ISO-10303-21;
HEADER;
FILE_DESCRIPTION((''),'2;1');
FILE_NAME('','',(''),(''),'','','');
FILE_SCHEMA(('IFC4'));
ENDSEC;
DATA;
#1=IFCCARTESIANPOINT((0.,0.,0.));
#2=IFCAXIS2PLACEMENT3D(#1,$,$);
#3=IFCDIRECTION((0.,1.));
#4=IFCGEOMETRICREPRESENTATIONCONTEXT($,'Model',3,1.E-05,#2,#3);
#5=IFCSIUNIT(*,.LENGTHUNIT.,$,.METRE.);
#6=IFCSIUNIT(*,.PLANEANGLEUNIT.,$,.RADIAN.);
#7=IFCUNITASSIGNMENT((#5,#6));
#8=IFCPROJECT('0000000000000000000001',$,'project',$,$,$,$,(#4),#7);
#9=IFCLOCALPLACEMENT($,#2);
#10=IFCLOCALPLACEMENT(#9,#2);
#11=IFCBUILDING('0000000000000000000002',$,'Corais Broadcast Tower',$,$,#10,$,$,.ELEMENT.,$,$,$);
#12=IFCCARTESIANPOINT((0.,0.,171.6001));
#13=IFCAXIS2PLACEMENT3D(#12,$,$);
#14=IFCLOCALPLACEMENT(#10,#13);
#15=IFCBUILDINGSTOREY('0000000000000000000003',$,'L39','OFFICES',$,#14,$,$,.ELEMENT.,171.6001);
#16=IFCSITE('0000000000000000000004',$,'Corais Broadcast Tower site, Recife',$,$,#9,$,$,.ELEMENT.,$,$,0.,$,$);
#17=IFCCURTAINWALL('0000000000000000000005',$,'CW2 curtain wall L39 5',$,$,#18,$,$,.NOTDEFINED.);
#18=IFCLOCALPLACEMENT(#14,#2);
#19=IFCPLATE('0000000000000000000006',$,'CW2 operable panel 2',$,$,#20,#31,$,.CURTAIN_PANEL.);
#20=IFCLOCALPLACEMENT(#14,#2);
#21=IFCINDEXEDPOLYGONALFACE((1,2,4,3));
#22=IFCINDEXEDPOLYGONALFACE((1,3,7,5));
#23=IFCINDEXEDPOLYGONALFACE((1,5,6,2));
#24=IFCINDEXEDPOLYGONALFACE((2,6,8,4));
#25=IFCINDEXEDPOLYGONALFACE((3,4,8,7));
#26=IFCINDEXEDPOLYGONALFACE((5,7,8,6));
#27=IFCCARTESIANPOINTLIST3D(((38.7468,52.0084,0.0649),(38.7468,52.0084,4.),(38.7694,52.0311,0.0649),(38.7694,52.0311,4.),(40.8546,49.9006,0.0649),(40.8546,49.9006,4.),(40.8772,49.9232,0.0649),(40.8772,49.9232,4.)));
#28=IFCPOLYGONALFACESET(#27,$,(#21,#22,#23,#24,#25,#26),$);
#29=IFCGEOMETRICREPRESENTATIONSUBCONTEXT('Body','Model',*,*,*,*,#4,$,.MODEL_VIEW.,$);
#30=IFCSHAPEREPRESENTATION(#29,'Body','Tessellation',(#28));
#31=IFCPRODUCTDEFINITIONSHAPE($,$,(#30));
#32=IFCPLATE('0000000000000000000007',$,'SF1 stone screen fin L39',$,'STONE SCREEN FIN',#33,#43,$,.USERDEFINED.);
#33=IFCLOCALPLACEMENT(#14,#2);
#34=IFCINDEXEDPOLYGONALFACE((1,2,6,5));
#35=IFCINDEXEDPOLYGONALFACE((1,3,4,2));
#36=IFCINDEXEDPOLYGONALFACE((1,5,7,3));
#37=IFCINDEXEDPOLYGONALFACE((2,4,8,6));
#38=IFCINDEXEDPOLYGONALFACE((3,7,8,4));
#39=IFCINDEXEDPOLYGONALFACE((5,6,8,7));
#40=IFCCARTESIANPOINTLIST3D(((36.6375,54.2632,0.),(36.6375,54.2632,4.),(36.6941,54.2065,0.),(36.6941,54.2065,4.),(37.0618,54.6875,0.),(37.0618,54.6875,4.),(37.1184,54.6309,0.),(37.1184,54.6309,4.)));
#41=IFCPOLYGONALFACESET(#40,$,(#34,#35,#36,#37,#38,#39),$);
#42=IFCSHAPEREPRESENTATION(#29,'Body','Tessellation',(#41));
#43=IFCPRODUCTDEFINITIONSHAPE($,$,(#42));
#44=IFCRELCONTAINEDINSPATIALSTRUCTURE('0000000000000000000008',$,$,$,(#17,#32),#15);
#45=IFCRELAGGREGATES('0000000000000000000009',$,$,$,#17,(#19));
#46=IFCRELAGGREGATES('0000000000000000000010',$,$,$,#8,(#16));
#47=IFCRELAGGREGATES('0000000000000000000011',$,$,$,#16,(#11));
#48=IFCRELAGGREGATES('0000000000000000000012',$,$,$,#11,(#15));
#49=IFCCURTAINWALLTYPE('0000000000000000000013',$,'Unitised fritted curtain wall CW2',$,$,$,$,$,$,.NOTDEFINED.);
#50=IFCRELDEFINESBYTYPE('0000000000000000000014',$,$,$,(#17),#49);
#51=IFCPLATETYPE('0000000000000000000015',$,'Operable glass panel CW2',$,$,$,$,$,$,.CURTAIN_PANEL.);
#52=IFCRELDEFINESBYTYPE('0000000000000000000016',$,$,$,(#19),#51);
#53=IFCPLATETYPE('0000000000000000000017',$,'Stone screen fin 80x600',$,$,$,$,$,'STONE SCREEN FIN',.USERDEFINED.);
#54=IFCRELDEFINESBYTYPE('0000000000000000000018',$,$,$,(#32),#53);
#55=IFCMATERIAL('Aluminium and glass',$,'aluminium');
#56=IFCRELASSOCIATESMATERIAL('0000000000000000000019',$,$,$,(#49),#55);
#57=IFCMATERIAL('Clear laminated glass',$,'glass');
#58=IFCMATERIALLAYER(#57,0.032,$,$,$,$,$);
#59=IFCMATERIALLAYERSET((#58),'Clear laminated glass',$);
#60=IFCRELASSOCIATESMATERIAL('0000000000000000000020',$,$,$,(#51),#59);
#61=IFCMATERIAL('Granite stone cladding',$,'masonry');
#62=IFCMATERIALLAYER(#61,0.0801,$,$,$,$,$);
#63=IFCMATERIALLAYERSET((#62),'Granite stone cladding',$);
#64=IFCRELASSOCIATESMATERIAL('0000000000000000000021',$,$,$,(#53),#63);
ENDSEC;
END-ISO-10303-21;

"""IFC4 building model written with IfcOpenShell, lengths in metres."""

from ifc_helpers import new_model, si_unit, direction, frame, origin, origin_2d, place, context, subcontext, project, spatial, rectangle, extrude, material, layer, layer_set, type_object, element, aggregate, save


model = new_model("IFC4")

# Units and contexts
model_context = context("Model", 3, precision=1e-05, world=origin(), true_north=direction((0.0, 1.0)))
body_context = subcontext(model_context, "Body", "Model", "MODEL_VIEW")
ifc_project = project(units=[si_unit("LENGTHUNIT", "METRE"), si_unit("PLANEANGLEUNIT", "RADIAN")], contexts=[model_context])

# Site, building, storey
site_placement = place(None, origin())
site = spatial("IfcSite", under=ifc_project, at=site_placement, Name="Corais Broadcast Tower site, Recife", CompositionType="ELEMENT", RefElevation=0.0)
building_placement = place(site_placement, origin())
building = spatial("IfcBuilding", under=site, at=building_placement, Name="Corais Broadcast Tower", CompositionType="ELEMENT")
storey_placement = place(building_placement, frame((0.0, 0.0, 171.6001)))
storey = spatial("IfcBuildingStorey", under=building, at=storey_placement, Name="L39", Description="OFFICES", CompositionType="ELEMENT", Elevation=171.6001)

# Curtain wall
ifc_material_1 = material(Name="Aluminium and glass", Category="aluminium")
curtain_wall_type = type_object("IfcCurtainWallType", Name="Unitised fritted curtain wall CW2", PredefinedType="NOTDEFINED", material=ifc_material_1)
curtain_wall_1_placement = place(storey_placement, origin())
curtain_wall_1 = element("IfcCurtainWall", 1, at=curtain_wall_1_placement, inside=storey, type_object=curtain_wall_type, Name="CW2 curtain wall L39 5", PredefinedType="NOTDEFINED")

# Plates
ifc_material_2 = material(Name="Clear laminated glass", Category="glass")
ifc_layer_1 = layer(ifc_material_2, 0.032)
ifc_layer_set_1 = layer_set([ifc_layer_1], Name="Clear laminated glass")
plate_type_1 = type_object("IfcPlateType", Name="Operable glass panel CW2", PredefinedType="CURTAIN_PANEL", material=ifc_layer_set_1)
plate_1_placement = place(storey_placement, frame((39.812, 50.9658, 0.0649), z_axis=(0.0, 0.0, 1.0), x_axis=(0.707107, -0.707107, 0.0)))
plate_1 = element("IfcPlate", 2, at=plate_1_placement, type_object=plate_type_1, Name="CW2 operable panel 2", PredefinedType="CURTAIN_PANEL", context=body_context, shape_type="SweptSolid", body=[
    extrude(rectangle(XDim=2.981, YDim=0.032, at=origin_2d()), origin(), (0.0, 0.0, 1.0), 3.9351),
])
aggregate(curtain_wall_1, [plate_1])
ifc_material_3 = material(Name="Granite stone cladding", Category="masonry")
ifc_layer_2 = layer(ifc_material_3, 0.0801)
ifc_layer_set_2 = layer_set([ifc_layer_2], Name="Granite stone cladding")
plate_type_2 = type_object("IfcPlateType", Name="Stone screen fin 80x600", ElementType="STONE SCREEN FIN", PredefinedType="USERDEFINED", material=ifc_layer_set_2)
plate_2_placement = place(storey_placement, frame((36.8779, 54.447, 0.0), z_axis=(0.0, 0.0, 1.0), x_axis=(0.707107, -0.707107, 0.0)))
element("IfcPlate", 3, at=plate_2_placement, inside=storey, type_object=plate_type_2, Name="SF1 stone screen fin L39", ObjectType="STONE SCREEN FIN", PredefinedType="USERDEFINED", context=body_context, shape_type="SweptSolid", body=[
    extrude(rectangle(XDim=0.0801, YDim=0.6001, at=origin_2d()), origin(), (0.0, 0.0, 1.0), 4.0),
])

save(model, "model.ifc")
